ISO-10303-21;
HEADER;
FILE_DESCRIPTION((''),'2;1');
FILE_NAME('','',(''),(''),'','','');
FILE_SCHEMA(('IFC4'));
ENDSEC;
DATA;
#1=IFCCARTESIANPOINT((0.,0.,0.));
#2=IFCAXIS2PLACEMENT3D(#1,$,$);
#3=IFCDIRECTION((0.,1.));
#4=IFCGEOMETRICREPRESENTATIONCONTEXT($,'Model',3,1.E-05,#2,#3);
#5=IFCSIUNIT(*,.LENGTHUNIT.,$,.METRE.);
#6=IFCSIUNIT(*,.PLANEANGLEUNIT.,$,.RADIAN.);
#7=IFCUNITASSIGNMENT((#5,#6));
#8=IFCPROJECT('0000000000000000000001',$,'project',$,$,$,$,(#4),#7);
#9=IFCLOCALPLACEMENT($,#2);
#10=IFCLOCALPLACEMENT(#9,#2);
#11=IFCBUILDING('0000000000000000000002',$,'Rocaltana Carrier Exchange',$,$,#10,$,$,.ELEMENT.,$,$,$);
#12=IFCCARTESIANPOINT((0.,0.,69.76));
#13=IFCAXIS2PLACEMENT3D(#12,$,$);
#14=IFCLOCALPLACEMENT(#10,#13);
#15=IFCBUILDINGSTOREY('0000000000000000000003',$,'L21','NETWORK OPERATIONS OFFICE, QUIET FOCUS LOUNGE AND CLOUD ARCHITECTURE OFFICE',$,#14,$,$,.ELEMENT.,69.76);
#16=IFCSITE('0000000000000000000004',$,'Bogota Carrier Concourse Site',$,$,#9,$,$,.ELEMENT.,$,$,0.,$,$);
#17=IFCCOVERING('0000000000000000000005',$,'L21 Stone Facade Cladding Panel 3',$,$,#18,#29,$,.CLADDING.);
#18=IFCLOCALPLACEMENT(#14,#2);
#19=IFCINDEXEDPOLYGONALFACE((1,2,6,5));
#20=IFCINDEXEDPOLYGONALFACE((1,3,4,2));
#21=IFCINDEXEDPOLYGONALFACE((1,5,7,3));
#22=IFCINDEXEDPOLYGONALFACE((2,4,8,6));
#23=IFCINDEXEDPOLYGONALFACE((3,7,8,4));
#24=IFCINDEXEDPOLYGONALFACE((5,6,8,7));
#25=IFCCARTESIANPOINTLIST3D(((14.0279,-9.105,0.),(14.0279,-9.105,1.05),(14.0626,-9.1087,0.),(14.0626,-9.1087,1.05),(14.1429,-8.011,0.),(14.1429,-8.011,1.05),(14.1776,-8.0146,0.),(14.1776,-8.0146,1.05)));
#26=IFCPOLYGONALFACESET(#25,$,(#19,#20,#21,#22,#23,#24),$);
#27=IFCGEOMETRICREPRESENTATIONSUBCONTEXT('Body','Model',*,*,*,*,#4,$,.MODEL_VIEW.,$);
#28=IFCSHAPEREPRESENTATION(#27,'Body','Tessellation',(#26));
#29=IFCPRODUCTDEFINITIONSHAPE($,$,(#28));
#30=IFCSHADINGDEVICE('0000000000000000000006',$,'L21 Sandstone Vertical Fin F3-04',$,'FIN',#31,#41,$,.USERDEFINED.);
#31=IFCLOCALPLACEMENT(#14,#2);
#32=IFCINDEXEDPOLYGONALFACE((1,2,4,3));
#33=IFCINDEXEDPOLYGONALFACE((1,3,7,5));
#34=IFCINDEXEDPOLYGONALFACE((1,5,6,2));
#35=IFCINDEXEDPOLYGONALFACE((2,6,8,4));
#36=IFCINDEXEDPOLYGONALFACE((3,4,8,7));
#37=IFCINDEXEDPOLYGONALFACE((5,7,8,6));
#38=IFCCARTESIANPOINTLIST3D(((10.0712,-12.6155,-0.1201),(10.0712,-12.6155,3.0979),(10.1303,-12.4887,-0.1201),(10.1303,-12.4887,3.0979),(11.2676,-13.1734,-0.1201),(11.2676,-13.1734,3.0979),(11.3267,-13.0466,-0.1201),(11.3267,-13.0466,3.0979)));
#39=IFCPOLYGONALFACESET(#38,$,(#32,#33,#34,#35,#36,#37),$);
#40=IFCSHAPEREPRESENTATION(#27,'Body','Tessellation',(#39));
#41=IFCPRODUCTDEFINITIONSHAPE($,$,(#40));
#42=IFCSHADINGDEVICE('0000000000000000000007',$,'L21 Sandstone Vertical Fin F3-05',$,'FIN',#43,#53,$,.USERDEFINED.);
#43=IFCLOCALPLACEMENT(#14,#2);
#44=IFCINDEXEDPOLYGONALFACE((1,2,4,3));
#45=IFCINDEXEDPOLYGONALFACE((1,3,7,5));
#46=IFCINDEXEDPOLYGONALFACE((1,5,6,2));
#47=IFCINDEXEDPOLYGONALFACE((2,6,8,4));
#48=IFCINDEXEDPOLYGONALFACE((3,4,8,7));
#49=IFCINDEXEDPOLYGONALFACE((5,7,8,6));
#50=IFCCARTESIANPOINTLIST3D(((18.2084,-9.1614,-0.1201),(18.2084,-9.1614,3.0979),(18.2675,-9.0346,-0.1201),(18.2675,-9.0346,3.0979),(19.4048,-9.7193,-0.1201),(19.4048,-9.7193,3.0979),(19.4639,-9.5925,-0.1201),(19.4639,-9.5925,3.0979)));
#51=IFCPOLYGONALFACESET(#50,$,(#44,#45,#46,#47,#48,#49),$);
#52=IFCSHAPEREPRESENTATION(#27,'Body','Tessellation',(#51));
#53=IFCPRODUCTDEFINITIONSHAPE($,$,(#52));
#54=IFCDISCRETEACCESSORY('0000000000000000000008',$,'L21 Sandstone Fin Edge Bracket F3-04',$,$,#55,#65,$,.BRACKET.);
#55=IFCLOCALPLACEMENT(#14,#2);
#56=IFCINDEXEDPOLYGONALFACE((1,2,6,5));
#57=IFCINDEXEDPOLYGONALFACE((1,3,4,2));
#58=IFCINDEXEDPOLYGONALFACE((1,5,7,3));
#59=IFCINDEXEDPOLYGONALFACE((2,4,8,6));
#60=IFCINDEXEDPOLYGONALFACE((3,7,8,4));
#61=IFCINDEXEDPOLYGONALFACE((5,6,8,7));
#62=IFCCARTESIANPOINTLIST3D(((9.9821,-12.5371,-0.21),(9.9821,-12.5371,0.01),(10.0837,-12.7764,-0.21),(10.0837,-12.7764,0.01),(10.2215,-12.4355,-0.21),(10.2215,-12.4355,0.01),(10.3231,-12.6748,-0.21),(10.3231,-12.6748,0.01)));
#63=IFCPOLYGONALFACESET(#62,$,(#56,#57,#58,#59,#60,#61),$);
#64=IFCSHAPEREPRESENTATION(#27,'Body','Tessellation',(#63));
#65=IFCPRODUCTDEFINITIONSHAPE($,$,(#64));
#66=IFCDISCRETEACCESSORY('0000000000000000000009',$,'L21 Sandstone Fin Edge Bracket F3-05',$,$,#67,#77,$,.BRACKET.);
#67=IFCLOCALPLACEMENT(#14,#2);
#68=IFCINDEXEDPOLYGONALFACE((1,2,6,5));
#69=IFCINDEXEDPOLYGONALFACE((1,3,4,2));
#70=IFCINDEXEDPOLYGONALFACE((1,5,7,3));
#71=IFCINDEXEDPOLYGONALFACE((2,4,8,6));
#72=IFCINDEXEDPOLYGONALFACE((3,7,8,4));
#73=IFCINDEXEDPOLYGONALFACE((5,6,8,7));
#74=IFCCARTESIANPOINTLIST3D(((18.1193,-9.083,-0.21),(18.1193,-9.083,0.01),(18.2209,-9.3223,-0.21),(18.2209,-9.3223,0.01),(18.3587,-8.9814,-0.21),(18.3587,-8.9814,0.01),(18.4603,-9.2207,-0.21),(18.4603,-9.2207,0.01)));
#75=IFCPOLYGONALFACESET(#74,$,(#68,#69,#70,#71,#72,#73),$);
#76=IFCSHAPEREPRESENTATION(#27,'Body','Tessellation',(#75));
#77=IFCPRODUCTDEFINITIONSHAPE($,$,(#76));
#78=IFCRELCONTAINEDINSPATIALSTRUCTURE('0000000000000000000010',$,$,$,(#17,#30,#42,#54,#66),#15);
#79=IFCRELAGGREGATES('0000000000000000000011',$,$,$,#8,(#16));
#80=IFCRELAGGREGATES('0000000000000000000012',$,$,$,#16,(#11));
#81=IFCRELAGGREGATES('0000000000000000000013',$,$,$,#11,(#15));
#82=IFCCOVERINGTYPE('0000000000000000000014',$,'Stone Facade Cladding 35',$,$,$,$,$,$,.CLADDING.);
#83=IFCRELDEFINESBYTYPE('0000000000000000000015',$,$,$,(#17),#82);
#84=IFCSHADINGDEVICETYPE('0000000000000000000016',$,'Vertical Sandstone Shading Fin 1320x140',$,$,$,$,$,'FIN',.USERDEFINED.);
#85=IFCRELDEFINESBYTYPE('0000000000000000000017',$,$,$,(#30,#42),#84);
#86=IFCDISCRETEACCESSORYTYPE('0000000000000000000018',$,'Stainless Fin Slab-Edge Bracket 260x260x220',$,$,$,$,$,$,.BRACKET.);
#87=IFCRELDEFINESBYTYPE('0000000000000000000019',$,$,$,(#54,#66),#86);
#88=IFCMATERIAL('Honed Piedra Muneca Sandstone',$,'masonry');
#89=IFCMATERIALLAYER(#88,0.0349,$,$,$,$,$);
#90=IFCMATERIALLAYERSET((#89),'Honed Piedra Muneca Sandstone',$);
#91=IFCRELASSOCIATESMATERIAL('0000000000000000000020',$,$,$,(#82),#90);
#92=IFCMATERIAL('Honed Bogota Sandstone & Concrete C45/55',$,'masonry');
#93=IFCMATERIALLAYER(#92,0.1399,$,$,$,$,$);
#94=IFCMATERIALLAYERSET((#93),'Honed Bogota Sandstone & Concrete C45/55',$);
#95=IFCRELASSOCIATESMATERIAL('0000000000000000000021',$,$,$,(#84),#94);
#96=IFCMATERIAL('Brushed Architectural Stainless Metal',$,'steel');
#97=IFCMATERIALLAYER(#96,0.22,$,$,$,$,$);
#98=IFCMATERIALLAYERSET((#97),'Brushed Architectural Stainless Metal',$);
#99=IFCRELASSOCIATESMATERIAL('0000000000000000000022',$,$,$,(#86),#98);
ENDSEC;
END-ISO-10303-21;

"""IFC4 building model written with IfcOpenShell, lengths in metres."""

from ifc_helpers import new_model, si_unit, direction, frame, origin, origin_2d, place, context, subcontext, project, spatial, rectangle, extrude, material, layer, layer_set, type_object, element, save


model = new_model("IFC4")

# Units and contexts
model_context = context("Model", 3, precision=1e-05, world=origin(), true_north=direction((0.0, 1.0)))
body_context = subcontext(model_context, "Body", "Model", "MODEL_VIEW")
ifc_project = project(units=[si_unit("LENGTHUNIT", "METRE"), si_unit("PLANEANGLEUNIT", "RADIAN")], contexts=[model_context])

# Site, building, storey
site_placement = place(None, origin())
site = spatial("IfcSite", under=ifc_project, at=site_placement, Name="Bogota Carrier Concourse Site", CompositionType="ELEMENT", RefElevation=0.0)
building_placement = place(site_placement, origin())
building = spatial("IfcBuilding", under=site, at=building_placement, Name="Rocaltana Carrier Exchange", CompositionType="ELEMENT")
storey_placement = place(building_placement, frame((0.0, 0.0, 69.76)))
storey = spatial("IfcBuildingStorey", under=building, at=storey_placement, Name="L21", Description="NETWORK OPERATIONS OFFICE, QUIET FOCUS LOUNGE AND CLOUD ARCHITECTURE OFFICE", CompositionType="ELEMENT", Elevation=69.76)

# Covering
ifc_material_1 = material(Name="Honed Piedra Muneca Sandstone", Category="masonry")
ifc_layer_1 = layer(ifc_material_1, 0.0349)
ifc_layer_set_1 = layer_set([ifc_layer_1], Name="Honed Piedra Muneca Sandstone")
covering_type = type_object("IfcCoveringType", Name="Stone Facade Cladding 35", PredefinedType="CLADDING", material=ifc_layer_set_1)
covering_placement = place(storey_placement, frame((14.1028, -8.5598, 0.0), z_axis=(0.0, 0.0, 1.0), x_axis=(0.104528, 0.994522, 0.0)))
element("IfcCovering", 1, at=covering_placement, inside=storey, type_object=covering_type, Name="L21 Stone Facade Cladding Panel 3", PredefinedType="CLADDING", context=body_context, shape_type="SweptSolid", body=[
    extrude(rectangle(XDim=1.1001, YDim=0.0349, at=origin_2d()), origin(), (0.0, 0.0, 1.0), 1.05),
])

# Shading devices
ifc_material_2 = material(Name="Honed Bogota Sandstone & Concrete C45/55", Category="masonry")
ifc_layer_2 = layer(ifc_material_2, 0.1399)
ifc_layer_set_2 = layer_set([ifc_layer_2], Name="Honed Bogota Sandstone & Concrete C45/55")
shading_device_type = type_object("IfcShadingDeviceType", Name="Vertical Sandstone Shading Fin 1320x140", ElementType="FIN", PredefinedType="USERDEFINED", material=ifc_layer_set_2)
for number, where, z_axis, x_axis, name in (
    (2, (10.699, -12.8311, -0.1201), (0.0, 0.0, 1.0), (0.906308, -0.422618, 0.0), "L21 Sandstone Vertical Fin F3-04"),
    (3, (18.8362, -9.377, -0.1201), (0.0, 0.0, 1.0), (0.906308, -0.422618, 0.0), "L21 Sandstone Vertical Fin F3-05"),
):
    element("IfcShadingDevice", number, at=place(storey_placement, frame(where, z_axis=z_axis, x_axis=x_axis)), inside=storey, type_object=shading_device_type, Name=name, ObjectType="FIN", PredefinedType="USERDEFINED", context=body_context, shape_type="SweptSolid", body=[
        extrude(rectangle(XDim=1.3201, YDim=0.1399, at=origin_2d()), origin(), (0.0, 0.0, 1.0), 3.218),
    ])

# Discrete accessories
ifc_material_3 = material(Name="Brushed Architectural Stainless Metal", Category="steel")
ifc_layer_3 = layer(ifc_material_3, 0.22)
ifc_layer_set_3 = layer_set([ifc_layer_3], Name="Brushed Architectural Stainless Metal")
discrete_accessory_type = type_object("IfcDiscreteAccessoryType", Name="Stainless Fin Slab-Edge Bracket 260x260x220", PredefinedType="BRACKET", material=ifc_layer_set_3)
for number, where, z_axis, x_axis, name in (
    (4, (10.1526, -12.606, -0.21), (0.0, 0.0, 1.0), (0.920505, 0.390731, 0.0), "L21 Sandstone Fin Edge Bracket F3-04"),
    (5, (18.2898, -9.1519, -0.21), (0.0, 0.0, 1.0), (0.920505, 0.390731, 0.0), "L21 Sandstone Fin Edge Bracket F3-05"),
):
    element("IfcDiscreteAccessory", number, at=place(storey_placement, frame(where, z_axis=z_axis, x_axis=x_axis)), inside=storey, type_object=discrete_accessory_type, Name=name, PredefinedType="BRACKET", context=body_context, shape_type="SweptSolid", body=[
        extrude(rectangle(XDim=0.26, YDim=0.26, at=origin_2d()), origin(), (0.0, 0.0, 1.0), 0.22),
    ])

save(model, "model.ifc")
